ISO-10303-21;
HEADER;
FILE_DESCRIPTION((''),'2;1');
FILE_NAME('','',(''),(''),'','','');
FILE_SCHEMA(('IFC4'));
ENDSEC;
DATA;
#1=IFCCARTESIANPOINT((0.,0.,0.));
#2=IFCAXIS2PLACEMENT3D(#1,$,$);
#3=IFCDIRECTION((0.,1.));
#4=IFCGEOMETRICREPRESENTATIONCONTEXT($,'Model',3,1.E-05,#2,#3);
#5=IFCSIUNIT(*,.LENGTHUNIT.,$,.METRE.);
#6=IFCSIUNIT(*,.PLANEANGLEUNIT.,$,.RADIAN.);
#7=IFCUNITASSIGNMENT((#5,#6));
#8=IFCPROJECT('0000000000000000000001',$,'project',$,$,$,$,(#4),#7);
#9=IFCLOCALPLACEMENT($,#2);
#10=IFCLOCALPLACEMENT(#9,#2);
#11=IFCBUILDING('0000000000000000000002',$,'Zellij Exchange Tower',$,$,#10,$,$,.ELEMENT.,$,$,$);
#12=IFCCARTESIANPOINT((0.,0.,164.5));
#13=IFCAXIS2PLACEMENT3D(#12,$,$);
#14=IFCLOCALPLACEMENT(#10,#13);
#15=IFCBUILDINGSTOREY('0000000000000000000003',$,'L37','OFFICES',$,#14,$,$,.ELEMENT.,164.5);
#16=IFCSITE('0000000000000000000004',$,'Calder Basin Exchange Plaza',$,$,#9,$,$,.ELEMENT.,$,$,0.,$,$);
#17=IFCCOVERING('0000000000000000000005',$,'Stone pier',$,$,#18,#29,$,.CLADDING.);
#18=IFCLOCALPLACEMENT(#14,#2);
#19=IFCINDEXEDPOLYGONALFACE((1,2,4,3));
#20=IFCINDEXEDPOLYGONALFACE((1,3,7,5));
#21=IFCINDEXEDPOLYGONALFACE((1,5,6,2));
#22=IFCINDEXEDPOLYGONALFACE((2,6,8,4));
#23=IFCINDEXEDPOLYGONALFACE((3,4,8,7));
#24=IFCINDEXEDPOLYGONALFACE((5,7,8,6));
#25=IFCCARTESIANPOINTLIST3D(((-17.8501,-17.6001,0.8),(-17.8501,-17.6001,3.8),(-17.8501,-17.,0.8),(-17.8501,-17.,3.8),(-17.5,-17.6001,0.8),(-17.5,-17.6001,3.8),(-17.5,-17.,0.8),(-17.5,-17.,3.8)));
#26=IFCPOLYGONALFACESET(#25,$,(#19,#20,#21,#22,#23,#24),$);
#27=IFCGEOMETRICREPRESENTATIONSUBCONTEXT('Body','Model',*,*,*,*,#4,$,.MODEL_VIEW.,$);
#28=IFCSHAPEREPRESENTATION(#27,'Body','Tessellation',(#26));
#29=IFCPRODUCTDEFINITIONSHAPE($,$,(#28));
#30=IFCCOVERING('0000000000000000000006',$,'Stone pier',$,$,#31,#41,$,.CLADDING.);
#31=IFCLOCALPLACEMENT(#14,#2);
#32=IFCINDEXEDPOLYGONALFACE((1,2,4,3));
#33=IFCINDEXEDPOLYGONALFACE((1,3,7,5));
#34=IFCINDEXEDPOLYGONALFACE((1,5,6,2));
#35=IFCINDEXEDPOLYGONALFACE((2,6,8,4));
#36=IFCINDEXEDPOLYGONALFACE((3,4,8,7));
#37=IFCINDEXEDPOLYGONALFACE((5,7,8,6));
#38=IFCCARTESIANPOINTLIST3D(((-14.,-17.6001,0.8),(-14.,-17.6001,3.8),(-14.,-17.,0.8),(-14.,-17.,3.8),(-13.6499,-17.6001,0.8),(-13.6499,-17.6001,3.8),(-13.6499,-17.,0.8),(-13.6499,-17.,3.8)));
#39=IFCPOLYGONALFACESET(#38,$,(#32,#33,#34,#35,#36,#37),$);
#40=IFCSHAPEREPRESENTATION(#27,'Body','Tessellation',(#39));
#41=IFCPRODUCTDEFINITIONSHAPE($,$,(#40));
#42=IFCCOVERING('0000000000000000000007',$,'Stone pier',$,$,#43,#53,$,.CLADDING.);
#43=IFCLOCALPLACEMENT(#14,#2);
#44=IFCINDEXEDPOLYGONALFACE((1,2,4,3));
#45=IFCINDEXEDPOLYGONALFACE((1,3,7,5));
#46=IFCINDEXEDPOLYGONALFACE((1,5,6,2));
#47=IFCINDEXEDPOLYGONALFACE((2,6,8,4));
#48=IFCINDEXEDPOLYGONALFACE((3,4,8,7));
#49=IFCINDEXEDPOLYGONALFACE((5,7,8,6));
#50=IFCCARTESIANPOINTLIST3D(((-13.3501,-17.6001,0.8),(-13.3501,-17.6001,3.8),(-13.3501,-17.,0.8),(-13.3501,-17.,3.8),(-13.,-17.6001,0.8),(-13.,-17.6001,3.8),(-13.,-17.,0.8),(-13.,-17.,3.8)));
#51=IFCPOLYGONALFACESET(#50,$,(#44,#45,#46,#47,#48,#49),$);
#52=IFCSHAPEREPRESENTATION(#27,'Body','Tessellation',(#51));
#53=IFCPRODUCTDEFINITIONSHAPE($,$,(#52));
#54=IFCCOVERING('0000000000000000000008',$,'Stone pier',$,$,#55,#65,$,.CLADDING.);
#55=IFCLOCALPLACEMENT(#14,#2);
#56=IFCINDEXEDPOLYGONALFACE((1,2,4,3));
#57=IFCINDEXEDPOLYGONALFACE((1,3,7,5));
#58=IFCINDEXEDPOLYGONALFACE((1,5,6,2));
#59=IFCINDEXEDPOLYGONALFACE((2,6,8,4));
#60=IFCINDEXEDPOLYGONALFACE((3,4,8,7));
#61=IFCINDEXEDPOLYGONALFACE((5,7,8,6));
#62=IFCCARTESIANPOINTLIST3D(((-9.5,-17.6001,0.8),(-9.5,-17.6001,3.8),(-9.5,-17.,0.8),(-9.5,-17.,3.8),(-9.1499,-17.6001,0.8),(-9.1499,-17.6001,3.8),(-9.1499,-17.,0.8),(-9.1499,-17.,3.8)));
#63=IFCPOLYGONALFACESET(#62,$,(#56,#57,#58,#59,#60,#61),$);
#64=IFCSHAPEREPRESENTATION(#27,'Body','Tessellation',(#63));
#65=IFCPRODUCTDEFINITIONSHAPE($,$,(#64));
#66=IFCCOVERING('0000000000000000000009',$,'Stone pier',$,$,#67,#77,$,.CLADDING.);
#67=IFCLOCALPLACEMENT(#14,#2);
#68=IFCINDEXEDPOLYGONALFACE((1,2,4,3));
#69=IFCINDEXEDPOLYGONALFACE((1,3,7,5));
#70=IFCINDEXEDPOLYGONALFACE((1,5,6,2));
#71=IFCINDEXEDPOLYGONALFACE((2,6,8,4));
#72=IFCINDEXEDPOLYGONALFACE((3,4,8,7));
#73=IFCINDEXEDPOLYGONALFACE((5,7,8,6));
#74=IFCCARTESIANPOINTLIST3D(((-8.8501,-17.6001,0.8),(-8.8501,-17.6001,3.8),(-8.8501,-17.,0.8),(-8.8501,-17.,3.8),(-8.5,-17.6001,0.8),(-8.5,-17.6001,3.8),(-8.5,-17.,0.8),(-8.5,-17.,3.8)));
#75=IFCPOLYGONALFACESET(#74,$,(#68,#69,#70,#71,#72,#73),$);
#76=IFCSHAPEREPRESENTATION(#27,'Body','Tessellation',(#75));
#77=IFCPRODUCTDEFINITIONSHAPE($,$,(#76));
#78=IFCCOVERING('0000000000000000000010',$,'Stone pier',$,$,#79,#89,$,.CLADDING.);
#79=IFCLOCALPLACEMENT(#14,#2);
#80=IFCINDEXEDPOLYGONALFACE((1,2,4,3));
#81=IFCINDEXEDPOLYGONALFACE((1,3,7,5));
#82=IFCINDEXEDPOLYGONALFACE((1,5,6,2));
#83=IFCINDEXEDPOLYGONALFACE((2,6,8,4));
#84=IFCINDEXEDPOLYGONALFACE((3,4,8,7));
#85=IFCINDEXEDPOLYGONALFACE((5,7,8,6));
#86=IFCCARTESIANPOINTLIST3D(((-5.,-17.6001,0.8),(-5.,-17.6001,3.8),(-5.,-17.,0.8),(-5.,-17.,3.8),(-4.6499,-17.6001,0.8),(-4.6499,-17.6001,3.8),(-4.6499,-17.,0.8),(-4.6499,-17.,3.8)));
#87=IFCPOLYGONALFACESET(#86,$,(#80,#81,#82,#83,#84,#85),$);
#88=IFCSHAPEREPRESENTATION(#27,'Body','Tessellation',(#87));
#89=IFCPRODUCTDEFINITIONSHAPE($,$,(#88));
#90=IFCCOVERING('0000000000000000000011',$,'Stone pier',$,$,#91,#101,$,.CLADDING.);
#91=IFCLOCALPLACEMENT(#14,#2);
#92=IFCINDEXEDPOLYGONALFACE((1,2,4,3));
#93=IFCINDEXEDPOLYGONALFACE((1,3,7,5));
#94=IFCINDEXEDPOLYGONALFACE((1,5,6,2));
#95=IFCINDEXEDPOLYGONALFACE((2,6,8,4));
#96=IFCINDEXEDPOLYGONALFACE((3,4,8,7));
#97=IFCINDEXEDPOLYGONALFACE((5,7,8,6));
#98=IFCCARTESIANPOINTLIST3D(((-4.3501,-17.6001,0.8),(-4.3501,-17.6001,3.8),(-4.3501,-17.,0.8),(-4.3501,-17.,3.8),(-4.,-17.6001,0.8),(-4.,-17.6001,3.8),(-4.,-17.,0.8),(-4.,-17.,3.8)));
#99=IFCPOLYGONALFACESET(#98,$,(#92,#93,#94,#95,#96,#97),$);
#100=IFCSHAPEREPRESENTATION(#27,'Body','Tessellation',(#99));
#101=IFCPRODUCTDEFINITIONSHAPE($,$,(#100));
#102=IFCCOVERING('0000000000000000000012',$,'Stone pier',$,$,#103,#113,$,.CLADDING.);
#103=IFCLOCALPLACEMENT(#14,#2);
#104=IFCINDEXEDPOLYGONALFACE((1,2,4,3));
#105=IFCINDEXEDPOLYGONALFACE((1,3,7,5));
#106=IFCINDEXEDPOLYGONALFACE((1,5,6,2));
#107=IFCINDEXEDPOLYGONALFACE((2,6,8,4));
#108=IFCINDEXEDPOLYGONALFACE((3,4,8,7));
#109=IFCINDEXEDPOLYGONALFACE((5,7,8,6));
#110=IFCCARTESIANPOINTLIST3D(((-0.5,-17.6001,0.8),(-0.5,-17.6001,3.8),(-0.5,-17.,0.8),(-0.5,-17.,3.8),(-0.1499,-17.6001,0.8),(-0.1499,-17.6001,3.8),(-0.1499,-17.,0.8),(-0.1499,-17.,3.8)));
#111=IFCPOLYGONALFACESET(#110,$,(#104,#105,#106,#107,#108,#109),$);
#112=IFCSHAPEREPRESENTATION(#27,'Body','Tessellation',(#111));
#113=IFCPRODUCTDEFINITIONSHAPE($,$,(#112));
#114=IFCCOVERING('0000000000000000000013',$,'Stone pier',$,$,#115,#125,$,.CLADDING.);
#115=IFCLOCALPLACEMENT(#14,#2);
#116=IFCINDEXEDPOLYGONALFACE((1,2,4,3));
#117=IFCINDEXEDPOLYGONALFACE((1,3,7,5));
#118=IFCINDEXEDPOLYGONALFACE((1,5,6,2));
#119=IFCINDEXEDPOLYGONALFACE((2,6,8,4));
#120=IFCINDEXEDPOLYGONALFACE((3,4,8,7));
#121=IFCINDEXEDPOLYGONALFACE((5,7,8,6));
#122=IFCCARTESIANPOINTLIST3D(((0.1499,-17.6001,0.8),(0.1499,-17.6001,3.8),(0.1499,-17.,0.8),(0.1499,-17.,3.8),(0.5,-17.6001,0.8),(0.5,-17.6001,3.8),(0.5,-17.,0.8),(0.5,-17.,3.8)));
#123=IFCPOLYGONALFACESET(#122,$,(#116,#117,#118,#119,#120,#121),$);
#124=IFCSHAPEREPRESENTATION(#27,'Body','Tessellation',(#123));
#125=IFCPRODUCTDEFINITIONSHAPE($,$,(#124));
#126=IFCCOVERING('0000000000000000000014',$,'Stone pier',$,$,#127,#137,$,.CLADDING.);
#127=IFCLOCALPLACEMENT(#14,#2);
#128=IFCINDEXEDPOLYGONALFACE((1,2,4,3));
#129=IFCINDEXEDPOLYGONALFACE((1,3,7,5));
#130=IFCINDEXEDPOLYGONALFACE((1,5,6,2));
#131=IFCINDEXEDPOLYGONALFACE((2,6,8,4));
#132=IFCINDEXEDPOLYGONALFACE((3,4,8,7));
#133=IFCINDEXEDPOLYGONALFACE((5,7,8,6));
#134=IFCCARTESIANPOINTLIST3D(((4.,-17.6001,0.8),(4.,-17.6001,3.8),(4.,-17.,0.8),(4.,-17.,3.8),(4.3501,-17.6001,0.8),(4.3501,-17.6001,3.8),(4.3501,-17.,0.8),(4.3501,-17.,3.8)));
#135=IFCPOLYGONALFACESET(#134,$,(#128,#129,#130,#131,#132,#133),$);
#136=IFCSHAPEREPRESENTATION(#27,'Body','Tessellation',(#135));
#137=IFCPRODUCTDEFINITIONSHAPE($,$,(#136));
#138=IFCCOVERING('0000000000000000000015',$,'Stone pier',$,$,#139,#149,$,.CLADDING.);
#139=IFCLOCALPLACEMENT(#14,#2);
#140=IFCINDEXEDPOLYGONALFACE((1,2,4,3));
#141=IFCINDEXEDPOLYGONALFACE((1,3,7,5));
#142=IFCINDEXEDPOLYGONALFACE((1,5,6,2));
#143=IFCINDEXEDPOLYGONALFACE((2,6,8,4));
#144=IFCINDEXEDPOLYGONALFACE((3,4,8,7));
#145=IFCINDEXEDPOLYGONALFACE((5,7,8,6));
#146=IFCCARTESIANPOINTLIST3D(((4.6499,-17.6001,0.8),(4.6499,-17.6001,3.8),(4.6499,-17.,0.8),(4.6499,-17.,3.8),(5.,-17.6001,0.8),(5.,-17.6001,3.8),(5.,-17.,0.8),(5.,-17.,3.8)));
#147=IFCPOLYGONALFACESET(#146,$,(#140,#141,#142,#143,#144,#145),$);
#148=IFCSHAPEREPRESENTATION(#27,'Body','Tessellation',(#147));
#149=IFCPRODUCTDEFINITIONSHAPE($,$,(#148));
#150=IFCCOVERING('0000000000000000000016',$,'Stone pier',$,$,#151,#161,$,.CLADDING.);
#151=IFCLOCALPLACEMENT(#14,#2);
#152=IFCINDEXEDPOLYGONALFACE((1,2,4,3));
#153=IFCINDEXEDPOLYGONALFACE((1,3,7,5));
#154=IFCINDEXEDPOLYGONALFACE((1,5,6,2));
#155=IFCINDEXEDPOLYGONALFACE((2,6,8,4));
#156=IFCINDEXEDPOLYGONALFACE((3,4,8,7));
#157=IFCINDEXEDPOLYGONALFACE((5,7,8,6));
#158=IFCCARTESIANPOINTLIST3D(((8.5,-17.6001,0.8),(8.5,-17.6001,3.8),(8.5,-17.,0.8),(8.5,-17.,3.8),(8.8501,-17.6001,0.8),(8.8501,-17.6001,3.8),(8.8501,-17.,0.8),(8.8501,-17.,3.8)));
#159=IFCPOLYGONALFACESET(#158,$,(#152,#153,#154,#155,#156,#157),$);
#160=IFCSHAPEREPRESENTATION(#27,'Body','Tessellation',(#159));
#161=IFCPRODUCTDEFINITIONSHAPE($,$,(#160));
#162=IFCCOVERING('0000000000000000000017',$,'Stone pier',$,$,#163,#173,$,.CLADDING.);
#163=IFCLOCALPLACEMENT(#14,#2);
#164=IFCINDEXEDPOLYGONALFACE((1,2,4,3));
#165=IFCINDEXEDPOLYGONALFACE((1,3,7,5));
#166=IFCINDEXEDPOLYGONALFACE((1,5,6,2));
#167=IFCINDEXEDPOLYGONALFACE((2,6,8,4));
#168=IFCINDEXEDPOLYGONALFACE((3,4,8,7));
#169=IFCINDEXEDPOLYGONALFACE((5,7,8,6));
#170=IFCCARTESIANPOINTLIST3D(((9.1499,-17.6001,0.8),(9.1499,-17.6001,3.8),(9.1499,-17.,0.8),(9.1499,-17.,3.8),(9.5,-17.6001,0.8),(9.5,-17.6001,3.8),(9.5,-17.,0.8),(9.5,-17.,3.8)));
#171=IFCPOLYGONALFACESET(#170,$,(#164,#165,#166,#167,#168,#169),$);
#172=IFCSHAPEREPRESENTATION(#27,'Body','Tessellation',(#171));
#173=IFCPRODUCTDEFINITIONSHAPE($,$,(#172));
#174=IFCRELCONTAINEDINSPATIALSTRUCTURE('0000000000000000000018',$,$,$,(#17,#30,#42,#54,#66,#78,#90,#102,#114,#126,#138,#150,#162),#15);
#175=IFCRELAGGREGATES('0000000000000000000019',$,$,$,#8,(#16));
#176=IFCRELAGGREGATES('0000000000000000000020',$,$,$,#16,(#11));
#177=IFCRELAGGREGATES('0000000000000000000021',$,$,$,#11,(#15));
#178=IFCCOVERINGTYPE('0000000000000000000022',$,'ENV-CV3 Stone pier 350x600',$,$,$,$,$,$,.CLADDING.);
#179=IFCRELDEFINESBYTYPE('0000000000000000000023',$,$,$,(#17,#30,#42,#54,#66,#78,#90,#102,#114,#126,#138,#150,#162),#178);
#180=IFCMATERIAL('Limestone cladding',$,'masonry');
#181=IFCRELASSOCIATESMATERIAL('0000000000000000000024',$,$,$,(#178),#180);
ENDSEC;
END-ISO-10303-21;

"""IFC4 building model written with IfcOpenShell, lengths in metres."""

from ifc_helpers import new_model, si_unit, direction, frame, origin, place, context, subcontext, project, spatial, polyline, outline, extrude, material, type_object, element, save


model = new_model("IFC4")

# Units and contexts
model_context = context("Model", 3, precision=1e-05, world=origin(), true_north=direction((0.0, 1.0)))
body_context = subcontext(model_context, "Body", "Model", "MODEL_VIEW")
ifc_project = project(units=[si_unit("LENGTHUNIT", "METRE"), si_unit("PLANEANGLEUNIT", "RADIAN")], contexts=[model_context])

# Site, building, storey
site_placement = place(None, origin())
site = spatial("IfcSite", under=ifc_project, at=site_placement, Name="Calder Basin Exchange Plaza", CompositionType="ELEMENT", RefElevation=0.0)
building_placement = place(site_placement, origin())
building = spatial("IfcBuilding", under=site, at=building_placement, Name="Zellij Exchange Tower", CompositionType="ELEMENT")
storey_placement = place(building_placement, frame((0.0, 0.0, 164.5)))
storey = spatial("IfcBuildingStorey", under=building, at=storey_placement, Name="L37", Description="OFFICES", CompositionType="ELEMENT", Elevation=164.5)

# Coverings
ifc_material_1 = material(Name="Limestone cladding", Category="masonry")
covering_type = type_object("IfcCoveringType", Name="ENV-CV3 Stone pier 350x600", PredefinedType="CLADDING", material=ifc_material_1)
covering_1_placement = place(storey_placement, frame((0.0, 0.0, 0.8)))
element("IfcCovering", 1, at=covering_1_placement, inside=storey, type_object=covering_type, Name="Stone pier", PredefinedType="CLADDING", context=body_context, shape_type="SweptSolid", body=[
    extrude(outline(polyline([(-17.8501, -17.0), (-17.5, -17.0), (-17.5, -17.6001), (-17.8501, -17.6001), (-17.8501, -17.0)])), origin(), (0.0, 0.0, 1.0), 3.0),
])
covering_2_placement = place(storey_placement, frame((0.0, 0.0, 0.8)))
element("IfcCovering", 2, at=covering_2_placement, inside=storey, type_object=covering_type, Name="Stone pier", PredefinedType="CLADDING", context=body_context, shape_type="SweptSolid", body=[
    extrude(outline(polyline([(-14.0, -17.0), (-13.6499, -17.0), (-13.6499, -17.6001), (-14.0, -17.6001), (-14.0, -17.0)])), origin(), (0.0, 0.0, 1.0), 3.0),
])
covering_3_placement = place(storey_placement, frame((0.0, 0.0, 0.8)))
element("IfcCovering", 3, at=covering_3_placement, inside=storey, type_object=covering_type, Name="Stone pier", PredefinedType="CLADDING", context=body_context, shape_type="SweptSolid", body=[
    extrude(outline(polyline([(-13.3501, -17.0), (-13.0, -17.0), (-13.0, -17.6001), (-13.3501, -17.6001), (-13.3501, -17.0)])), origin(), (0.0, 0.0, 1.0), 3.0),
])
covering_4_placement = place(storey_placement, frame((0.0, 0.0, 0.8)))
element("IfcCovering", 4, at=covering_4_placement, inside=storey, type_object=covering_type, Name="Stone pier", PredefinedType="CLADDING", context=body_context, shape_type="SweptSolid", body=[
    extrude(outline(polyline([(-9.5, -17.0), (-9.1499, -17.0), (-9.1499, -17.6001), (-9.5, -17.6001), (-9.5, -17.0)])), origin(), (0.0, 0.0, 1.0), 3.0),
])
covering_5_placement = place(storey_placement, frame((0.0, 0.0, 0.8)))
element("IfcCovering", 5, at=covering_5_placement, inside=storey, type_object=covering_type, Name="Stone pier", PredefinedType="CLADDING", context=body_context, shape_type="SweptSolid", body=[
    extrude(outline(polyline([(-8.8501, -17.0), (-8.5, -17.0), (-8.5, -17.6001), (-8.8501, -17.6001), (-8.8501, -17.0)])), origin(), (0.0, 0.0, 1.0), 3.0),
])
covering_6_placement = place(storey_placement, frame((0.0, 0.0, 0.8)))
element("IfcCovering", 6, at=covering_6_placement, inside=storey, type_object=covering_type, Name="Stone pier", PredefinedType="CLADDING", context=body_context, shape_type="SweptSolid", body=[
    extrude(outline(polyline([(-5.0, -17.0), (-4.6499, -17.0), (-4.6499, -17.6001), (-5.0, -17.6001), (-5.0, -17.0)])), origin(), (0.0, 0.0, 1.0), 3.0),
])
covering_7_placement = place(storey_placement, frame((0.0, 0.0, 0.8)))
element("IfcCovering", 7, at=covering_7_placement, inside=storey, type_object=covering_type, Name="Stone pier", PredefinedType="CLADDING", context=body_context, shape_type="SweptSolid", body=[
    extrude(outline(polyline([(-4.3501, -17.0), (-4.0, -17.0), (-4.0, -17.6001), (-4.3501, -17.6001), (-4.3501, -17.0)])), origin(), (0.0, 0.0, 1.0), 3.0),
])
covering_8_placement = place(storey_placement, frame((0.0, 0.0, 0.8)))
element("IfcCovering", 8, at=covering_8_placement, inside=storey, type_object=covering_type, Name="Stone pier", PredefinedType="CLADDING", context=body_context, shape_type="SweptSolid", body=[
    extrude(outline(polyline([(-0.5, -17.0), (-0.1499, -17.0), (-0.1499, -17.6001), (-0.5, -17.6001), (-0.5, -17.0)])), origin(), (0.0, 0.0, 1.0), 3.0),
])
covering_9_placement = place(storey_placement, frame((0.0, 0.0, 0.8)))
element("IfcCovering", 9, at=covering_9_placement, inside=storey, type_object=covering_type, Name="Stone pier", PredefinedType="CLADDING", context=body_context, shape_type="SweptSolid", body=[
    extrude(outline(polyline([(0.1499, -17.0), (0.5, -17.0), (0.5, -17.6001), (0.1499, -17.6001), (0.1499, -17.0)])), origin(), (0.0, 0.0, 1.0), 3.0),
])
covering_10_placement = place(storey_placement, frame((0.0, 0.0, 0.8)))
element("IfcCovering", 10, at=covering_10_placement, inside=storey, type_object=covering_type, Name="Stone pier", PredefinedType="CLADDING", context=body_context, shape_type="SweptSolid", body=[
    extrude(outline(polyline([(4.0, -17.0), (4.3501, -17.0), (4.3501, -17.6001), (4.0, -17.6001), (4.0, -17.0)])), origin(), (0.0, 0.0, 1.0), 3.0),
])
covering_11_placement = place(storey_placement, frame((0.0, 0.0, 0.8)))
element("IfcCovering", 11, at=covering_11_placement, inside=storey, type_object=covering_type, Name="Stone pier", PredefinedType="CLADDING", context=body_context, shape_type="SweptSolid", body=[
    extrude(outline(polyline([(4.6499, -17.0), (5.0, -17.0), (5.0, -17.6001), (4.6499, -17.6001), (4.6499, -17.0)])), origin(), (0.0, 0.0, 1.0), 3.0),
])
covering_12_placement = place(storey_placement, frame((0.0, 0.0, 0.8)))
element("IfcCovering", 12, at=covering_12_placement, inside=storey, type_object=covering_type, Name="Stone pier", PredefinedType="CLADDING", context=body_context, shape_type="SweptSolid", body=[
    extrude(outline(polyline([(8.5, -17.0), (8.8501, -17.0), (8.8501, -17.6001), (8.5, -17.6001), (8.5, -17.0)])), origin(), (0.0, 0.0, 1.0), 3.0),
])
covering_13_placement = place(storey_placement, frame((0.0, 0.0, 0.8)))
element("IfcCovering", 13, at=covering_13_placement, inside=storey, type_object=covering_type, Name="Stone pier", PredefinedType="CLADDING", context=body_context, shape_type="SweptSolid", body=[
    extrude(outline(polyline([(9.1499, -17.0), (9.5, -17.0), (9.5, -17.6001), (9.1499, -17.6001), (9.1499, -17.0)])), origin(), (0.0, 0.0, 1.0), 3.0),
])

save(model, "model.ifc")
